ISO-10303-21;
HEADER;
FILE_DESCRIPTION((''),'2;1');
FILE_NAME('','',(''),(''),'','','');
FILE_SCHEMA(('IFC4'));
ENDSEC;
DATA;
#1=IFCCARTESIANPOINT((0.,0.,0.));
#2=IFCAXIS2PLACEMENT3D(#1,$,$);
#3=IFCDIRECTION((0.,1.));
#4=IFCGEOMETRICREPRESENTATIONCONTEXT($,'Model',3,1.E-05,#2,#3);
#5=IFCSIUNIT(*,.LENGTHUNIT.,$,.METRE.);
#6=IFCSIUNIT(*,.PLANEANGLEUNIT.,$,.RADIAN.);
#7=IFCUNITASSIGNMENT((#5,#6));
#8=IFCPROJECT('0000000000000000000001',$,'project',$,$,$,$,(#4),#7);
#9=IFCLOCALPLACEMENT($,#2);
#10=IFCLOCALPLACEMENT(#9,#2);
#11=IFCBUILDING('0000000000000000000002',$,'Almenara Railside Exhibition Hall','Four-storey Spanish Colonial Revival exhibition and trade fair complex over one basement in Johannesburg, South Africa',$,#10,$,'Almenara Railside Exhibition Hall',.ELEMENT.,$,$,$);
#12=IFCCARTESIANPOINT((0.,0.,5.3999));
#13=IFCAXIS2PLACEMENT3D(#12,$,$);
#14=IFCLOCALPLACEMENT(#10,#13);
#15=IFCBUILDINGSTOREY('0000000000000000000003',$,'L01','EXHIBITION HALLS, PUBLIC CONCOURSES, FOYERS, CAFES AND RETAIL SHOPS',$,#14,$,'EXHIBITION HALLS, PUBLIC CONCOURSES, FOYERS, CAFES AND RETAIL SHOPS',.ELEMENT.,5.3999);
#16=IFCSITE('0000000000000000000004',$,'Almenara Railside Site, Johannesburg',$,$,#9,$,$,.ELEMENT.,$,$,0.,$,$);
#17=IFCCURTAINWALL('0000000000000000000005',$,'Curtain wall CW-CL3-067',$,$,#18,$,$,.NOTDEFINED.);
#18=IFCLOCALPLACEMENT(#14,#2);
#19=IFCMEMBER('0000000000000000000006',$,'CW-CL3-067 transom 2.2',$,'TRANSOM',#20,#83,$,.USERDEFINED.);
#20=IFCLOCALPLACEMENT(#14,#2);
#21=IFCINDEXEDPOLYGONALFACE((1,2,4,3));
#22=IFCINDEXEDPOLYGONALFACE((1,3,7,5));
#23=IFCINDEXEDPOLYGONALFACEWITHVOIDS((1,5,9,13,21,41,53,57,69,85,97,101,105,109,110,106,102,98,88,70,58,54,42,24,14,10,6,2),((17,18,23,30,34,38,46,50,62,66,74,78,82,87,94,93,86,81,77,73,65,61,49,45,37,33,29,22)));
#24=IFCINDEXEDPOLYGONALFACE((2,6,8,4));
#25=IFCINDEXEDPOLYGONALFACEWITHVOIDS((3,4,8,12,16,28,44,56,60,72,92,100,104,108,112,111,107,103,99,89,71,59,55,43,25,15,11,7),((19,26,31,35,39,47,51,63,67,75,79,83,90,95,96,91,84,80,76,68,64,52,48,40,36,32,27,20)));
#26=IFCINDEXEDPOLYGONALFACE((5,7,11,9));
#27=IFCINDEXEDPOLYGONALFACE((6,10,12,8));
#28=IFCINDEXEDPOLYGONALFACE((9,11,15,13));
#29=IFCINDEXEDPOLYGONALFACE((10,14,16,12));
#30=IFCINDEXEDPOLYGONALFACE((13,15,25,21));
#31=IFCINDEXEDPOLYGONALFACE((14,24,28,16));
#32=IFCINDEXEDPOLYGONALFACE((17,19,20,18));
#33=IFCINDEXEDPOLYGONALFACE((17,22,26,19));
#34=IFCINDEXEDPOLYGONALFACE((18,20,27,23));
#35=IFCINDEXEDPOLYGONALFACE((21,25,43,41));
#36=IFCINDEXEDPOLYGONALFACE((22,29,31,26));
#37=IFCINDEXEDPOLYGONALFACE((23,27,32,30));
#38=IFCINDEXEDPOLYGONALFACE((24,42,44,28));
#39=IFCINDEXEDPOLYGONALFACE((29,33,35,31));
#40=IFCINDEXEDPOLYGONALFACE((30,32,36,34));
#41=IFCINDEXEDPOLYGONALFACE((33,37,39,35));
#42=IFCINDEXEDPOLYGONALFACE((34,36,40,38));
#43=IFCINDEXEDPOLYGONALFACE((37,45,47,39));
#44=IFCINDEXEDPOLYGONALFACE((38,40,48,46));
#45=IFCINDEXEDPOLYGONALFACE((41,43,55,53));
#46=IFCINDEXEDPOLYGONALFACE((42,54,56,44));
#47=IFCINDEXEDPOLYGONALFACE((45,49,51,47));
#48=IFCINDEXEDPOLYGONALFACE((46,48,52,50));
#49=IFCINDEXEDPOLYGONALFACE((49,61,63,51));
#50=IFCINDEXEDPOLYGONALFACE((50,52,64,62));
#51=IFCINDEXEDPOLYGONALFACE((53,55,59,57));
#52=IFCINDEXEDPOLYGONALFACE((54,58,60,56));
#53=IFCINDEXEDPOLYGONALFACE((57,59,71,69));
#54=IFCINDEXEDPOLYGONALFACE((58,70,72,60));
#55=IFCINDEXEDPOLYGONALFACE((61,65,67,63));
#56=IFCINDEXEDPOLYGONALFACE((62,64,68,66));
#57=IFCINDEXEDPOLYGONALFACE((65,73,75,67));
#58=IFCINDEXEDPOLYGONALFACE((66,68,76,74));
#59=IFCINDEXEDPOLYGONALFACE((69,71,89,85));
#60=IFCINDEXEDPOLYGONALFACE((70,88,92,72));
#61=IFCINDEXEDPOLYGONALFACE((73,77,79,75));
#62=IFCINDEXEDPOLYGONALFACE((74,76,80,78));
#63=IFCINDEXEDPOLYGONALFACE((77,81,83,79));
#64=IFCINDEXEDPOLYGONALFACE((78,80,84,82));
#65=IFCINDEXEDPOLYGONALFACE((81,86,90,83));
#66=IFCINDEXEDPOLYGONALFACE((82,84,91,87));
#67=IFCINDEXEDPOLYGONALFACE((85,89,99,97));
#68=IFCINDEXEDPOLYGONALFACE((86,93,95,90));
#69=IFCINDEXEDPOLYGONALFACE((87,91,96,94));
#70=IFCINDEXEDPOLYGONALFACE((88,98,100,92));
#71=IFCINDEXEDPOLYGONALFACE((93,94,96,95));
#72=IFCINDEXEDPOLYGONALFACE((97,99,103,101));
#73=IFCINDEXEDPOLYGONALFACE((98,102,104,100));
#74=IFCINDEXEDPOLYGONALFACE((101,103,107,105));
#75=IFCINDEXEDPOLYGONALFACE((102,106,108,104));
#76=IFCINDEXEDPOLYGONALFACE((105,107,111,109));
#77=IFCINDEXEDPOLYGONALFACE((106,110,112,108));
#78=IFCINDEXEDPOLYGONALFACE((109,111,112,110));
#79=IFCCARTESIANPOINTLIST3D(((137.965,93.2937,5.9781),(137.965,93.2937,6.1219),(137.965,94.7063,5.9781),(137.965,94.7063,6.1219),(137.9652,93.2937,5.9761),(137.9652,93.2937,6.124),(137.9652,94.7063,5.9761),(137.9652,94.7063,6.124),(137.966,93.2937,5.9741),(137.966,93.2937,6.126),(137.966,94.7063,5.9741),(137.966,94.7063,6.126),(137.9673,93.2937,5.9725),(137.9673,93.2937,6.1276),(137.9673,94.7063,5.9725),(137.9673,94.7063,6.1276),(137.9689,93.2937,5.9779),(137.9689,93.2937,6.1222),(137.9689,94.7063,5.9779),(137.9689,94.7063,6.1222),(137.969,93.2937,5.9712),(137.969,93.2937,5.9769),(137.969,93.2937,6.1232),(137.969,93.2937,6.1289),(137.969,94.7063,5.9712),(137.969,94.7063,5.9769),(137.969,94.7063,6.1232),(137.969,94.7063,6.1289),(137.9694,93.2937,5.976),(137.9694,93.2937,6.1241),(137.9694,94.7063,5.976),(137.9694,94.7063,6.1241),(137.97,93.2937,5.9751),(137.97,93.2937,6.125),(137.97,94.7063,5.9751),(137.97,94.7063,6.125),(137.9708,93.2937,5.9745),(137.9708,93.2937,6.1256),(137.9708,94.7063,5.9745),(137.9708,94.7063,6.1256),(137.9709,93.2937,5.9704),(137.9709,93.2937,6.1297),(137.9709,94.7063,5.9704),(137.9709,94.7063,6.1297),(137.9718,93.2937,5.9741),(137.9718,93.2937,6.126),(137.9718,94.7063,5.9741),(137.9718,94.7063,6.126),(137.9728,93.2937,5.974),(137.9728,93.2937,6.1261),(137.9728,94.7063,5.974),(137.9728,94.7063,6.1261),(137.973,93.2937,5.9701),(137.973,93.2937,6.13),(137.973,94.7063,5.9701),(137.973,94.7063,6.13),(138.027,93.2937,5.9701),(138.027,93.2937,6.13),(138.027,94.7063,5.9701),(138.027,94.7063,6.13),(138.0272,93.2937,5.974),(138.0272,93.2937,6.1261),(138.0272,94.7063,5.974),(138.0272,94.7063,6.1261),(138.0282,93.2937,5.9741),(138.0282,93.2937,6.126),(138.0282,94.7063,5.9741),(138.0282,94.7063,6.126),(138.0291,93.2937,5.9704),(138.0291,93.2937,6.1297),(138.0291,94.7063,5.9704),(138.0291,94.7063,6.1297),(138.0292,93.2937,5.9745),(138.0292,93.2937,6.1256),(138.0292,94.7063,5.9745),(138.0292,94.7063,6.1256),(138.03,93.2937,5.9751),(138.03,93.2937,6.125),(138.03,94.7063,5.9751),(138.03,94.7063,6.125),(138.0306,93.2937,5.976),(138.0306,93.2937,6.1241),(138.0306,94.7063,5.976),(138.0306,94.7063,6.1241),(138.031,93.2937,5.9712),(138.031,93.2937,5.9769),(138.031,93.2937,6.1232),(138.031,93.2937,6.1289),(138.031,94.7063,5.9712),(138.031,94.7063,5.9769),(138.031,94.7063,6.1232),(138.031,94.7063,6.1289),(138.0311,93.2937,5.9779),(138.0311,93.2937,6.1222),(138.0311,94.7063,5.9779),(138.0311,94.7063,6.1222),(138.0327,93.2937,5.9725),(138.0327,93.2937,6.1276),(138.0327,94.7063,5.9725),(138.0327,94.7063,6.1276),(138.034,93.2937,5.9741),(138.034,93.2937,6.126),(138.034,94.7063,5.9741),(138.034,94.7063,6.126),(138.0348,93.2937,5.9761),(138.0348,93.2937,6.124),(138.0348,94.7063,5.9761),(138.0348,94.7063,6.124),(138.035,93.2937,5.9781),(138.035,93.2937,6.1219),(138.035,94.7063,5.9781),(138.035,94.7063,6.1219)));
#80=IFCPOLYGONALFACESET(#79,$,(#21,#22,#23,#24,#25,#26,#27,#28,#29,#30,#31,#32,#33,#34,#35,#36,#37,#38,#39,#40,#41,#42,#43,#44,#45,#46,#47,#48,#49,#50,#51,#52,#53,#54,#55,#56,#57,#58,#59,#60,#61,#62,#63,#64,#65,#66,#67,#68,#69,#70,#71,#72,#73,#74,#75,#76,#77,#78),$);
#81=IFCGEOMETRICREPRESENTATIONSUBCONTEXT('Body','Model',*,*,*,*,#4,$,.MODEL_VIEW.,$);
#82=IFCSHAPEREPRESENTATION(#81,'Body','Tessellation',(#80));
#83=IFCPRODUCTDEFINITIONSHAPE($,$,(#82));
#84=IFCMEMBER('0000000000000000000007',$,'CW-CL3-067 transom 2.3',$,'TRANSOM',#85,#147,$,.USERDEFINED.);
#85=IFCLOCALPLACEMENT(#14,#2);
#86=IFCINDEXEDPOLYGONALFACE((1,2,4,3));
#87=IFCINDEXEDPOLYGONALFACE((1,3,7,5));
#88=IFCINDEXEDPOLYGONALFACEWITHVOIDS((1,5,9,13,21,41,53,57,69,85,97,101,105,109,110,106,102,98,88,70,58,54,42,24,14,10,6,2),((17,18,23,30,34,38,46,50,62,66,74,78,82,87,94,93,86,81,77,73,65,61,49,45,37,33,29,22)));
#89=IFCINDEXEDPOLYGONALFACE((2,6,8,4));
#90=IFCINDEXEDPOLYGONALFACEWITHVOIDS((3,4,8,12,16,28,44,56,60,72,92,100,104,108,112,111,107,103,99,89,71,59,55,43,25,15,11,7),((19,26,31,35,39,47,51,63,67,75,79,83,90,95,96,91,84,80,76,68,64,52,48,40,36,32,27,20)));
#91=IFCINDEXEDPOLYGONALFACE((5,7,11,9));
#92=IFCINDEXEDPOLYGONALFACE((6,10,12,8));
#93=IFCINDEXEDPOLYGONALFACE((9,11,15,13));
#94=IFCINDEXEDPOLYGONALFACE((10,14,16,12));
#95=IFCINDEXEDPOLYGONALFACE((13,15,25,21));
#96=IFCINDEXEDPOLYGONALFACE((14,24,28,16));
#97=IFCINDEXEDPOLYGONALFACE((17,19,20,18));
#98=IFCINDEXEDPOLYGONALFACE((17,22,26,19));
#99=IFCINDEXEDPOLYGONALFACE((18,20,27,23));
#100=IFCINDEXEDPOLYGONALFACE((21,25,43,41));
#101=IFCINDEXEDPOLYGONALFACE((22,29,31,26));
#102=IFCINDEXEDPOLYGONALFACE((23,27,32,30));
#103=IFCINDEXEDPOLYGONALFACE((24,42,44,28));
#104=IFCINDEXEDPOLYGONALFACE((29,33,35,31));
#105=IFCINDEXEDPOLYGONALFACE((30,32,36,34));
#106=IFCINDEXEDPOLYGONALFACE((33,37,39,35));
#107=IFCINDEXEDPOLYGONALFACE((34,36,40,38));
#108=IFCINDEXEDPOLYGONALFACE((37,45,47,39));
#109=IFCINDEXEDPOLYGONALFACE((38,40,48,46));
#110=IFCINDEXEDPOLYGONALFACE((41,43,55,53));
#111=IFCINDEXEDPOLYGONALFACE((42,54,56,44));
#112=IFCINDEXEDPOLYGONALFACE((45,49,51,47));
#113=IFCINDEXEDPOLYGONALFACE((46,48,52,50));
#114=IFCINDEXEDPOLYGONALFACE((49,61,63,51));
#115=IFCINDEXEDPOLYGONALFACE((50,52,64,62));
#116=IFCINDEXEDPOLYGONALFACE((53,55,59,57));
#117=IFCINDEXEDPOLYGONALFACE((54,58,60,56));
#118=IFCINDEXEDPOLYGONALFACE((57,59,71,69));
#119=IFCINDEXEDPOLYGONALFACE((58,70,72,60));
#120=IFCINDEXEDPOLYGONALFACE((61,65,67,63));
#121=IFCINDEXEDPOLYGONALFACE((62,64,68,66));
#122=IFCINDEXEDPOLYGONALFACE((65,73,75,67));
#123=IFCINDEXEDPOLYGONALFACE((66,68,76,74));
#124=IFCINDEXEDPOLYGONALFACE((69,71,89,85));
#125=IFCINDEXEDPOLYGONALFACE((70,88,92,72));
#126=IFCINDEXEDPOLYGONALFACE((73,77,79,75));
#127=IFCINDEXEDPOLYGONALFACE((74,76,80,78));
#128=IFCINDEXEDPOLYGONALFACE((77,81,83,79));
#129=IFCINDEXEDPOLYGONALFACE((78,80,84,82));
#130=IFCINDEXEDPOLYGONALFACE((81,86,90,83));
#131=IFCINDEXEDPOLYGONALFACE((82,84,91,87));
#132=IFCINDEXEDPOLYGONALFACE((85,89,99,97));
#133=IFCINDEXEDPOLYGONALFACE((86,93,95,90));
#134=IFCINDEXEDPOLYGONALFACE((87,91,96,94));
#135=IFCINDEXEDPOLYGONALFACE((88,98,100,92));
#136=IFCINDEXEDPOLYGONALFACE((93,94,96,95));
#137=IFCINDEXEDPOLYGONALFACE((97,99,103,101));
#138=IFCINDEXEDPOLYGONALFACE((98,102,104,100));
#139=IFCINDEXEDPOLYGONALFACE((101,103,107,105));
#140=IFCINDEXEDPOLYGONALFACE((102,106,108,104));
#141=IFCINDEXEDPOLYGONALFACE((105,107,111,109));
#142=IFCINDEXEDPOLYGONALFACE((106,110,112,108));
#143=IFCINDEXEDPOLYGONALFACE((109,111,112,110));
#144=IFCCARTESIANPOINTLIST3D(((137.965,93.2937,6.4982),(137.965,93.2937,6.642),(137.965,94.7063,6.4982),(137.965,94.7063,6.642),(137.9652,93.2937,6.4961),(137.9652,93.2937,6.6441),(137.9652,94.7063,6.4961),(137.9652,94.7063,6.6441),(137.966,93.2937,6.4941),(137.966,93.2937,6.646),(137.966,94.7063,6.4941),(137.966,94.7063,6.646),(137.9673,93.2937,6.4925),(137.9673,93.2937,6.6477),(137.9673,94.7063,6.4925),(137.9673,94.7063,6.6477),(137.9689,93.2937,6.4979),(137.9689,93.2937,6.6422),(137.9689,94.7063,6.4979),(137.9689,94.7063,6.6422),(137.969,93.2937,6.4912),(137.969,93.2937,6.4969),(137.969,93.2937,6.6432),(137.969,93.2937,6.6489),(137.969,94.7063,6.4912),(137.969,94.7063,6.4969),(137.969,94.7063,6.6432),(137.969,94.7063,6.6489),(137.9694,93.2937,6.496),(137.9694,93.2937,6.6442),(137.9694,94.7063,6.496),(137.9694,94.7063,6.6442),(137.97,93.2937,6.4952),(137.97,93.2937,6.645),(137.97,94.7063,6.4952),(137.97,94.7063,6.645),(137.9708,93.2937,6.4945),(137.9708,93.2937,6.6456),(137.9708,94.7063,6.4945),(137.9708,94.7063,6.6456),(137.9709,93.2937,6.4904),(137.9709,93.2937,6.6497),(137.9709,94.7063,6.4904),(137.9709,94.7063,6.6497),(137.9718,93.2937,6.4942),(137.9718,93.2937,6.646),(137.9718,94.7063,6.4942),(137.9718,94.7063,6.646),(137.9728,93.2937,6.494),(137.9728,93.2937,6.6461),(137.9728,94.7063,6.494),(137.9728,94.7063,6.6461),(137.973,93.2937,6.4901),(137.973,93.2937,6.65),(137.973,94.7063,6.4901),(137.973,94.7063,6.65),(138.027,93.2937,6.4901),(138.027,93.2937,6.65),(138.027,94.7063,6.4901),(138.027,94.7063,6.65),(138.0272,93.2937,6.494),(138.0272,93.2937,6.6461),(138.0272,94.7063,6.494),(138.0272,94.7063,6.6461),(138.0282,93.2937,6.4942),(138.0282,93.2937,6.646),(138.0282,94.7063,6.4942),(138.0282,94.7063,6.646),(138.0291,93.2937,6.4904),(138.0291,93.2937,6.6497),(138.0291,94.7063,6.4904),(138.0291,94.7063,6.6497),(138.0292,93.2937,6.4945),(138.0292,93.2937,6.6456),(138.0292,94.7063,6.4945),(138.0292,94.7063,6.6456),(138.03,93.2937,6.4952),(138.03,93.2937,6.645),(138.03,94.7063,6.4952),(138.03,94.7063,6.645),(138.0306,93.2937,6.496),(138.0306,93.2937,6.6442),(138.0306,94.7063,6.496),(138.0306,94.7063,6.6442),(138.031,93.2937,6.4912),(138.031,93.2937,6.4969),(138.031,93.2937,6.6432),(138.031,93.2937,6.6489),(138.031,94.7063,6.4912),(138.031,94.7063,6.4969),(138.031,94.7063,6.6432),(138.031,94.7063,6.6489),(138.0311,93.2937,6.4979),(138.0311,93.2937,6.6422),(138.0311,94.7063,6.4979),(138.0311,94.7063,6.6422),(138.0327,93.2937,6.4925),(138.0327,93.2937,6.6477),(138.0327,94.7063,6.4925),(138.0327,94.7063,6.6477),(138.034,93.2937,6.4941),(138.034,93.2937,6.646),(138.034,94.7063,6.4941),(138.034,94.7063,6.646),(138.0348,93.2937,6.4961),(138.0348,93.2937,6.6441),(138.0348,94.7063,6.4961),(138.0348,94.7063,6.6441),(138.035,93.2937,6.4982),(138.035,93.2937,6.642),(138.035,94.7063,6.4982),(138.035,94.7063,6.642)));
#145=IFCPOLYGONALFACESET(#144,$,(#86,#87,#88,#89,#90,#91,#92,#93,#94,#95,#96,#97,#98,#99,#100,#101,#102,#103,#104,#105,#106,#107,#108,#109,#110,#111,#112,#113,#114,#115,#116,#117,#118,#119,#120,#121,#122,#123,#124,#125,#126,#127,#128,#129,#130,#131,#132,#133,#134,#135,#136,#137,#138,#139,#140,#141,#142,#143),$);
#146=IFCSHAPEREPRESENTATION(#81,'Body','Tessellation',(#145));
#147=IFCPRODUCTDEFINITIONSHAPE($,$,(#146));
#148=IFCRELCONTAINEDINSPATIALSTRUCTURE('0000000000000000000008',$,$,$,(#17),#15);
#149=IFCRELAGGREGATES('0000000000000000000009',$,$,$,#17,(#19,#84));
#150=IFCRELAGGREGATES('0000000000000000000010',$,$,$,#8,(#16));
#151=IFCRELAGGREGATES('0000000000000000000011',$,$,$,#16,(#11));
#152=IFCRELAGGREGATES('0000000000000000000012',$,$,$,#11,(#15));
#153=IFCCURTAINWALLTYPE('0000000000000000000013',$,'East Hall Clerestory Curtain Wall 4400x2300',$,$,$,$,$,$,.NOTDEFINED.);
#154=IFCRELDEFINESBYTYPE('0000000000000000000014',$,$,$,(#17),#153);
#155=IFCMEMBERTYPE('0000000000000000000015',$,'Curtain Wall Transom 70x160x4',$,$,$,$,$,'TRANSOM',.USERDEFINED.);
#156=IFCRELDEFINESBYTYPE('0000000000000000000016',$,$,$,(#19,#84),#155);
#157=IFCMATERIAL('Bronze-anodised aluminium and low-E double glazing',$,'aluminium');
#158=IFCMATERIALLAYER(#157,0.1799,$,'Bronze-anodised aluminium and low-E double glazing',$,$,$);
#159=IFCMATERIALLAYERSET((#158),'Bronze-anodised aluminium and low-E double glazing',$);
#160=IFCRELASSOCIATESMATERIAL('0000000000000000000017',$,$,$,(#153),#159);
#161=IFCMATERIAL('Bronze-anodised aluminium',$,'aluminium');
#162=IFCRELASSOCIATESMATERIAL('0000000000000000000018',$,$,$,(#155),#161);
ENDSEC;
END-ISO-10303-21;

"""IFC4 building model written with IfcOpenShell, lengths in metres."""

from ifc_helpers import new_model, si_unit, direction, frame, origin, origin_2d, place, context, subcontext, project, spatial, hollow_rectangle, extrude, material, layer, layer_set, material_profile, profile_set, type_object, element, aggregate, save


model = new_model("IFC4")

# Units and contexts
model_context = context("Model", 3, precision=1e-05, world=origin(), true_north=direction((0.0, 1.0)))
body_context = subcontext(model_context, "Body", "Model", "MODEL_VIEW")
ifc_project = project(units=[si_unit("LENGTHUNIT", "METRE"), si_unit("PLANEANGLEUNIT", "RADIAN")], contexts=[model_context])

# Site, building, storey
site_placement = place(None, origin())
site = spatial("IfcSite", under=ifc_project, at=site_placement, Name="Almenara Railside Site, Johannesburg", CompositionType="ELEMENT", RefElevation=0.0)
building_placement = place(site_placement, origin())
building = spatial("IfcBuilding", under=site, at=building_placement, Name="Almenara Railside Exhibition Hall", Description="Four-storey Spanish Colonial Revival exhibition and trade fair complex over one basement in Johannesburg, South Africa", LongName="Almenara Railside Exhibition Hall", CompositionType="ELEMENT")
storey_placement = place(building_placement, frame((0.0, 0.0, 5.3999)))
storey = spatial("IfcBuildingStorey", under=building, at=storey_placement, Name="L01", Description="EXHIBITION HALLS, PUBLIC CONCOURSES, FOYERS, CAFES AND RETAIL SHOPS", LongName="EXHIBITION HALLS, PUBLIC CONCOURSES, FOYERS, CAFES AND RETAIL SHOPS", CompositionType="ELEMENT", Elevation=5.3999)

# Shared definitions
ifc_material_1 = material(Name="Bronze-anodised aluminium and low-E double glazing", Category="aluminium")
ifc_material_2 = material(Name="Bronze-anodised aluminium", Category="aluminium")

# Curtain wall, members
ifc_layer_1 = layer(ifc_material_1, 0.1799, Name="Bronze-anodised aluminium and low-E double glazing")
ifc_layer_set_1 = layer_set([ifc_layer_1], Name="Bronze-anodised aluminium and low-E double glazing")
curtain_wall_type_1 = type_object("IfcCurtainWallType", Name="East Hall Clerestory Curtain Wall 4400x2300", PredefinedType="NOTDEFINED", material=ifc_layer_set_1)
curtain_wall_1_placement = place(storey_placement, origin())
curtain_wall_1 = element("IfcCurtainWall", 1, at=curtain_wall_1_placement, inside=storey, type_object=curtain_wall_type_1, Name="Curtain wall CW-CL3-067", PredefinedType="NOTDEFINED")
ifc_material_profile_1 = material_profile(ifc_material_2, hollow_rectangle(XDim=0.0701, YDim=0.1599, WallThickness=0.0039, InnerFilletRadius=0.0039, OuterFilletRadius=0.0081, at=origin_2d()), Name="ALU-TRN 70x160x4")
ifc_profile_set_1 = profile_set([ifc_material_profile_1], Name="Bronze-anodised aluminium")
member_type_1 = type_object("IfcMemberType", Name="Curtain Wall Transom 70x160x4", ElementType="TRANSOM", PredefinedType="USERDEFINED", material=ifc_profile_set_1)
member_1_placement = place(storey_placement, frame((138.0, 93.2937, 6.05), z_axis=(0.0, 1.0, 0.0), x_axis=(-1.0, 0.0, 0.0)))
member_1 = element("IfcMember", 2, at=member_1_placement, type_object=member_type_1, Name="CW-CL3-067 transom 2.2", ObjectType="TRANSOM", PredefinedType="USERDEFINED", context=body_context, shape_type="SweptSolid", body=[
    extrude(hollow_rectangle(XDim=0.0701, YDim=0.1599, WallThickness=0.0039, InnerFilletRadius=0.0039, OuterFilletRadius=0.0081, at=origin_2d()), origin(), (0.0, 0.0, 1.0), 1.4126),
])
member_2_placement = place(storey_placement, frame((138.0, 93.2937, 6.5701), z_axis=(0.0, 1.0, 0.0), x_axis=(-1.0, 0.0, 0.0)))
member_2 = element("IfcMember", 3, at=member_2_placement, type_object=member_type_1, Name="CW-CL3-067 transom 2.3", ObjectType="TRANSOM", PredefinedType="USERDEFINED", context=body_context, shape_type="SweptSolid", body=[
    extrude(hollow_rectangle(XDim=0.0701, YDim=0.1599, WallThickness=0.0039, InnerFilletRadius=0.0039, OuterFilletRadius=0.0081, at=origin_2d()), origin(), (0.0, 0.0, 1.0), 1.4126),
])

aggregate(curtain_wall_1, [member_1, member_2])

save(model, "model.ifc")
